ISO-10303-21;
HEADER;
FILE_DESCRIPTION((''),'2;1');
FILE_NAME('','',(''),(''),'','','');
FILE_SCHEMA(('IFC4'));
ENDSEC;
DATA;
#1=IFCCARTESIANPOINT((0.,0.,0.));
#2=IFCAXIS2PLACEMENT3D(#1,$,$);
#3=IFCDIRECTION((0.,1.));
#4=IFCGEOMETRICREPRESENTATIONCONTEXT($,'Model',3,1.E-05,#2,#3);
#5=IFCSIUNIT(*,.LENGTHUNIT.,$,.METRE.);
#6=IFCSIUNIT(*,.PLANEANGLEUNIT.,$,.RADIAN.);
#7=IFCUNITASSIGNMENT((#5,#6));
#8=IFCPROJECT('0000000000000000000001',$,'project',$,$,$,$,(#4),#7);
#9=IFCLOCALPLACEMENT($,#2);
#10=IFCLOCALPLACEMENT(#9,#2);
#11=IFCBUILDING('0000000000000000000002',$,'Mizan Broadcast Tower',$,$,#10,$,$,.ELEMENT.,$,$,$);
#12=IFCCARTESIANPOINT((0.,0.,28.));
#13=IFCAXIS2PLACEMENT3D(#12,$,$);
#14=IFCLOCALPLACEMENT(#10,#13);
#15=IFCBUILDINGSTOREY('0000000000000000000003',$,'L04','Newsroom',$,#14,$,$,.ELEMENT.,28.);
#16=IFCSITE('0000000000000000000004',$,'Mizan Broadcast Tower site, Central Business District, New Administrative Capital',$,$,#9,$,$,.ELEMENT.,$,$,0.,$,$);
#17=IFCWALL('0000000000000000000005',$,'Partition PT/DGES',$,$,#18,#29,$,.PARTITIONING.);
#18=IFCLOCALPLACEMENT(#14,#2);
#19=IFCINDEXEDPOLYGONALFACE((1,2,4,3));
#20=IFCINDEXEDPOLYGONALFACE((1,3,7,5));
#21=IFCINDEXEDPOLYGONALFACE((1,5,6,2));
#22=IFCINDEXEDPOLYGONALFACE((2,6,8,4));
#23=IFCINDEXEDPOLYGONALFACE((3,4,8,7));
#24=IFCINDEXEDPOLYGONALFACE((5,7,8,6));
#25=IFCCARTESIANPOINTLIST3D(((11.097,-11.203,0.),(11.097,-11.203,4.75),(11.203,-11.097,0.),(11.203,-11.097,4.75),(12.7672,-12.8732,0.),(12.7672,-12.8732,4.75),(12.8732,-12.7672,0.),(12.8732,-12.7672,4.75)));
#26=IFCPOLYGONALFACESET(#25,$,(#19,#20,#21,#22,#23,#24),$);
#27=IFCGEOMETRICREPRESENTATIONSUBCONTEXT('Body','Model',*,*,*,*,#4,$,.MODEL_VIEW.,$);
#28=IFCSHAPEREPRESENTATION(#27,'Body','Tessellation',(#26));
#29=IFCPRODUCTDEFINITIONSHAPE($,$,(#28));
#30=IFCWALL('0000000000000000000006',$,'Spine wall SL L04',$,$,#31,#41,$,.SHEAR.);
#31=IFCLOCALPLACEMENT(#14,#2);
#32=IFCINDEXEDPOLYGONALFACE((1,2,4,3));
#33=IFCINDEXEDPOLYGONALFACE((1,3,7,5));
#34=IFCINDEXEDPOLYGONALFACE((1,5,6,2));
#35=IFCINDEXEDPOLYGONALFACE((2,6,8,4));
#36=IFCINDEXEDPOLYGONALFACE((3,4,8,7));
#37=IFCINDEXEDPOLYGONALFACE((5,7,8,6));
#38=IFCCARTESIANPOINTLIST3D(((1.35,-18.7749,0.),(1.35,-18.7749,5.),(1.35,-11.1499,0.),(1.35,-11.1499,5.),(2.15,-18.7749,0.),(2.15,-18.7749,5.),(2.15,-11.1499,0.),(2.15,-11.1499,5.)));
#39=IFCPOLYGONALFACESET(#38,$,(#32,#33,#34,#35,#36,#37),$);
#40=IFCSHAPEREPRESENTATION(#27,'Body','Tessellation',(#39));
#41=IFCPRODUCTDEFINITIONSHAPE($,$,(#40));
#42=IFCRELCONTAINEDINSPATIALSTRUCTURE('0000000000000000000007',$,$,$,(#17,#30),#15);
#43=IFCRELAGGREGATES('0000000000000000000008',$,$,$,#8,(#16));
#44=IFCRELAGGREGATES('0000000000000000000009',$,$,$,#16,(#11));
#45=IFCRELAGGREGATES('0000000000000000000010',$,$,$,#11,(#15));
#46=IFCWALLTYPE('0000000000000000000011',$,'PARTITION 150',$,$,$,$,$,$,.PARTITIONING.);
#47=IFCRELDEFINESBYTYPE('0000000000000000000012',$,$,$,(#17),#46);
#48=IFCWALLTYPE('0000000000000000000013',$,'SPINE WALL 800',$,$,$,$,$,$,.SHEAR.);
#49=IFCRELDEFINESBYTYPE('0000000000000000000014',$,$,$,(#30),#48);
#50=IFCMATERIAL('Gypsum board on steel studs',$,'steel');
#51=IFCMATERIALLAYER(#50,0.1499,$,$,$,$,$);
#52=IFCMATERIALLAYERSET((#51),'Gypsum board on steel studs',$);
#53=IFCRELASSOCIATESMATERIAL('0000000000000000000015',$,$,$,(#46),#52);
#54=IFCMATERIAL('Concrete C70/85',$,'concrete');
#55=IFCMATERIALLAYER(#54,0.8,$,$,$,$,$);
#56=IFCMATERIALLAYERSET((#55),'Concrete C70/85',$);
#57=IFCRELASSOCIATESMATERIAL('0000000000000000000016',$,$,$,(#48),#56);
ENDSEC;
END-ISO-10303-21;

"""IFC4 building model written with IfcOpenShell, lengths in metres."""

from ifc_helpers import new_model, si_unit, direction, frame, frame_2d, origin, place, context, subcontext, project, spatial, rectangle, extrude, material, layer, layer_set, type_object, element, save


model = new_model("IFC4")

# Units and contexts
model_context = context("Model", 3, precision=1e-05, world=origin(), true_north=direction((0.0, 1.0)))
body_context = subcontext(model_context, "Body", "Model", "MODEL_VIEW")
ifc_project = project(units=[si_unit("LENGTHUNIT", "METRE"), si_unit("PLANEANGLEUNIT", "RADIAN")], contexts=[model_context])

# Site, building, storey
site_placement = place(None, origin())
site = spatial("IfcSite", under=ifc_project, at=site_placement, Name="Mizan Broadcast Tower site, Central Business District, New Administrative Capital", CompositionType="ELEMENT", RefElevation=0.0)
building_placement = place(site_placement, origin())
building = spatial("IfcBuilding", under=site, at=building_placement, Name="Mizan Broadcast Tower", CompositionType="ELEMENT")
storey_placement = place(building_placement, frame((0.0, 0.0, 28.0)))
storey = spatial("IfcBuildingStorey", under=building, at=storey_placement, Name="L04", Description="Newsroom", CompositionType="ELEMENT", Elevation=28.0)

# Walls
ifc_material_1 = material(Name="Gypsum board on steel studs", Category="steel")
ifc_layer_1 = layer(ifc_material_1, 0.1499)
ifc_layer_set_1 = layer_set([ifc_layer_1], Name="Gypsum board on steel studs")
wall_type_1 = type_object("IfcWallType", Name="PARTITION 150", PredefinedType="PARTITIONING", material=ifc_layer_set_1)
wall_1_placement = place(storey_placement, frame((11.1499, -11.1499, 0.0), z_axis=(0.0, 0.0, 1.0), x_axis=(0.707107, -0.707107, 0.0)))
element("IfcWall", 1, at=wall_1_placement, inside=storey, type_object=wall_type_1, Name="Partition PT/DGES", PredefinedType="PARTITIONING", context=body_context, shape_type="SweptSolid", body=[
    extrude(rectangle(XDim=2.3621, YDim=0.1499, at=frame_2d((1.1812, 0.0))), origin(), (0.0, 0.0, 1.0), 4.75),
])
ifc_material_2 = material(Name="Concrete C70/85", Category="concrete")
ifc_layer_2 = layer(ifc_material_2, 0.8)
ifc_layer_set_2 = layer_set([ifc_layer_2], Name="Concrete C70/85")
wall_type_2 = type_object("IfcWallType", Name="SPINE WALL 800", PredefinedType="SHEAR", material=ifc_layer_set_2)
wall_2_placement = place(storey_placement, frame((1.75, -11.1499, 0.0), z_axis=(0.0, 0.0, 1.0), x_axis=(0.0, -1.0, 0.0)))
element("IfcWall", 2, at=wall_2_placement, inside=storey, type_object=wall_type_2, Name="Spine wall SL L04", PredefinedType="SHEAR", context=body_context, shape_type="SweptSolid", body=[
    extrude(rectangle(XDim=7.625, YDim=0.8, at=frame_2d((3.8125, 0.0))), origin(), (0.0, 0.0, 1.0), 5.0),
])

save(model, "model.ifc")
